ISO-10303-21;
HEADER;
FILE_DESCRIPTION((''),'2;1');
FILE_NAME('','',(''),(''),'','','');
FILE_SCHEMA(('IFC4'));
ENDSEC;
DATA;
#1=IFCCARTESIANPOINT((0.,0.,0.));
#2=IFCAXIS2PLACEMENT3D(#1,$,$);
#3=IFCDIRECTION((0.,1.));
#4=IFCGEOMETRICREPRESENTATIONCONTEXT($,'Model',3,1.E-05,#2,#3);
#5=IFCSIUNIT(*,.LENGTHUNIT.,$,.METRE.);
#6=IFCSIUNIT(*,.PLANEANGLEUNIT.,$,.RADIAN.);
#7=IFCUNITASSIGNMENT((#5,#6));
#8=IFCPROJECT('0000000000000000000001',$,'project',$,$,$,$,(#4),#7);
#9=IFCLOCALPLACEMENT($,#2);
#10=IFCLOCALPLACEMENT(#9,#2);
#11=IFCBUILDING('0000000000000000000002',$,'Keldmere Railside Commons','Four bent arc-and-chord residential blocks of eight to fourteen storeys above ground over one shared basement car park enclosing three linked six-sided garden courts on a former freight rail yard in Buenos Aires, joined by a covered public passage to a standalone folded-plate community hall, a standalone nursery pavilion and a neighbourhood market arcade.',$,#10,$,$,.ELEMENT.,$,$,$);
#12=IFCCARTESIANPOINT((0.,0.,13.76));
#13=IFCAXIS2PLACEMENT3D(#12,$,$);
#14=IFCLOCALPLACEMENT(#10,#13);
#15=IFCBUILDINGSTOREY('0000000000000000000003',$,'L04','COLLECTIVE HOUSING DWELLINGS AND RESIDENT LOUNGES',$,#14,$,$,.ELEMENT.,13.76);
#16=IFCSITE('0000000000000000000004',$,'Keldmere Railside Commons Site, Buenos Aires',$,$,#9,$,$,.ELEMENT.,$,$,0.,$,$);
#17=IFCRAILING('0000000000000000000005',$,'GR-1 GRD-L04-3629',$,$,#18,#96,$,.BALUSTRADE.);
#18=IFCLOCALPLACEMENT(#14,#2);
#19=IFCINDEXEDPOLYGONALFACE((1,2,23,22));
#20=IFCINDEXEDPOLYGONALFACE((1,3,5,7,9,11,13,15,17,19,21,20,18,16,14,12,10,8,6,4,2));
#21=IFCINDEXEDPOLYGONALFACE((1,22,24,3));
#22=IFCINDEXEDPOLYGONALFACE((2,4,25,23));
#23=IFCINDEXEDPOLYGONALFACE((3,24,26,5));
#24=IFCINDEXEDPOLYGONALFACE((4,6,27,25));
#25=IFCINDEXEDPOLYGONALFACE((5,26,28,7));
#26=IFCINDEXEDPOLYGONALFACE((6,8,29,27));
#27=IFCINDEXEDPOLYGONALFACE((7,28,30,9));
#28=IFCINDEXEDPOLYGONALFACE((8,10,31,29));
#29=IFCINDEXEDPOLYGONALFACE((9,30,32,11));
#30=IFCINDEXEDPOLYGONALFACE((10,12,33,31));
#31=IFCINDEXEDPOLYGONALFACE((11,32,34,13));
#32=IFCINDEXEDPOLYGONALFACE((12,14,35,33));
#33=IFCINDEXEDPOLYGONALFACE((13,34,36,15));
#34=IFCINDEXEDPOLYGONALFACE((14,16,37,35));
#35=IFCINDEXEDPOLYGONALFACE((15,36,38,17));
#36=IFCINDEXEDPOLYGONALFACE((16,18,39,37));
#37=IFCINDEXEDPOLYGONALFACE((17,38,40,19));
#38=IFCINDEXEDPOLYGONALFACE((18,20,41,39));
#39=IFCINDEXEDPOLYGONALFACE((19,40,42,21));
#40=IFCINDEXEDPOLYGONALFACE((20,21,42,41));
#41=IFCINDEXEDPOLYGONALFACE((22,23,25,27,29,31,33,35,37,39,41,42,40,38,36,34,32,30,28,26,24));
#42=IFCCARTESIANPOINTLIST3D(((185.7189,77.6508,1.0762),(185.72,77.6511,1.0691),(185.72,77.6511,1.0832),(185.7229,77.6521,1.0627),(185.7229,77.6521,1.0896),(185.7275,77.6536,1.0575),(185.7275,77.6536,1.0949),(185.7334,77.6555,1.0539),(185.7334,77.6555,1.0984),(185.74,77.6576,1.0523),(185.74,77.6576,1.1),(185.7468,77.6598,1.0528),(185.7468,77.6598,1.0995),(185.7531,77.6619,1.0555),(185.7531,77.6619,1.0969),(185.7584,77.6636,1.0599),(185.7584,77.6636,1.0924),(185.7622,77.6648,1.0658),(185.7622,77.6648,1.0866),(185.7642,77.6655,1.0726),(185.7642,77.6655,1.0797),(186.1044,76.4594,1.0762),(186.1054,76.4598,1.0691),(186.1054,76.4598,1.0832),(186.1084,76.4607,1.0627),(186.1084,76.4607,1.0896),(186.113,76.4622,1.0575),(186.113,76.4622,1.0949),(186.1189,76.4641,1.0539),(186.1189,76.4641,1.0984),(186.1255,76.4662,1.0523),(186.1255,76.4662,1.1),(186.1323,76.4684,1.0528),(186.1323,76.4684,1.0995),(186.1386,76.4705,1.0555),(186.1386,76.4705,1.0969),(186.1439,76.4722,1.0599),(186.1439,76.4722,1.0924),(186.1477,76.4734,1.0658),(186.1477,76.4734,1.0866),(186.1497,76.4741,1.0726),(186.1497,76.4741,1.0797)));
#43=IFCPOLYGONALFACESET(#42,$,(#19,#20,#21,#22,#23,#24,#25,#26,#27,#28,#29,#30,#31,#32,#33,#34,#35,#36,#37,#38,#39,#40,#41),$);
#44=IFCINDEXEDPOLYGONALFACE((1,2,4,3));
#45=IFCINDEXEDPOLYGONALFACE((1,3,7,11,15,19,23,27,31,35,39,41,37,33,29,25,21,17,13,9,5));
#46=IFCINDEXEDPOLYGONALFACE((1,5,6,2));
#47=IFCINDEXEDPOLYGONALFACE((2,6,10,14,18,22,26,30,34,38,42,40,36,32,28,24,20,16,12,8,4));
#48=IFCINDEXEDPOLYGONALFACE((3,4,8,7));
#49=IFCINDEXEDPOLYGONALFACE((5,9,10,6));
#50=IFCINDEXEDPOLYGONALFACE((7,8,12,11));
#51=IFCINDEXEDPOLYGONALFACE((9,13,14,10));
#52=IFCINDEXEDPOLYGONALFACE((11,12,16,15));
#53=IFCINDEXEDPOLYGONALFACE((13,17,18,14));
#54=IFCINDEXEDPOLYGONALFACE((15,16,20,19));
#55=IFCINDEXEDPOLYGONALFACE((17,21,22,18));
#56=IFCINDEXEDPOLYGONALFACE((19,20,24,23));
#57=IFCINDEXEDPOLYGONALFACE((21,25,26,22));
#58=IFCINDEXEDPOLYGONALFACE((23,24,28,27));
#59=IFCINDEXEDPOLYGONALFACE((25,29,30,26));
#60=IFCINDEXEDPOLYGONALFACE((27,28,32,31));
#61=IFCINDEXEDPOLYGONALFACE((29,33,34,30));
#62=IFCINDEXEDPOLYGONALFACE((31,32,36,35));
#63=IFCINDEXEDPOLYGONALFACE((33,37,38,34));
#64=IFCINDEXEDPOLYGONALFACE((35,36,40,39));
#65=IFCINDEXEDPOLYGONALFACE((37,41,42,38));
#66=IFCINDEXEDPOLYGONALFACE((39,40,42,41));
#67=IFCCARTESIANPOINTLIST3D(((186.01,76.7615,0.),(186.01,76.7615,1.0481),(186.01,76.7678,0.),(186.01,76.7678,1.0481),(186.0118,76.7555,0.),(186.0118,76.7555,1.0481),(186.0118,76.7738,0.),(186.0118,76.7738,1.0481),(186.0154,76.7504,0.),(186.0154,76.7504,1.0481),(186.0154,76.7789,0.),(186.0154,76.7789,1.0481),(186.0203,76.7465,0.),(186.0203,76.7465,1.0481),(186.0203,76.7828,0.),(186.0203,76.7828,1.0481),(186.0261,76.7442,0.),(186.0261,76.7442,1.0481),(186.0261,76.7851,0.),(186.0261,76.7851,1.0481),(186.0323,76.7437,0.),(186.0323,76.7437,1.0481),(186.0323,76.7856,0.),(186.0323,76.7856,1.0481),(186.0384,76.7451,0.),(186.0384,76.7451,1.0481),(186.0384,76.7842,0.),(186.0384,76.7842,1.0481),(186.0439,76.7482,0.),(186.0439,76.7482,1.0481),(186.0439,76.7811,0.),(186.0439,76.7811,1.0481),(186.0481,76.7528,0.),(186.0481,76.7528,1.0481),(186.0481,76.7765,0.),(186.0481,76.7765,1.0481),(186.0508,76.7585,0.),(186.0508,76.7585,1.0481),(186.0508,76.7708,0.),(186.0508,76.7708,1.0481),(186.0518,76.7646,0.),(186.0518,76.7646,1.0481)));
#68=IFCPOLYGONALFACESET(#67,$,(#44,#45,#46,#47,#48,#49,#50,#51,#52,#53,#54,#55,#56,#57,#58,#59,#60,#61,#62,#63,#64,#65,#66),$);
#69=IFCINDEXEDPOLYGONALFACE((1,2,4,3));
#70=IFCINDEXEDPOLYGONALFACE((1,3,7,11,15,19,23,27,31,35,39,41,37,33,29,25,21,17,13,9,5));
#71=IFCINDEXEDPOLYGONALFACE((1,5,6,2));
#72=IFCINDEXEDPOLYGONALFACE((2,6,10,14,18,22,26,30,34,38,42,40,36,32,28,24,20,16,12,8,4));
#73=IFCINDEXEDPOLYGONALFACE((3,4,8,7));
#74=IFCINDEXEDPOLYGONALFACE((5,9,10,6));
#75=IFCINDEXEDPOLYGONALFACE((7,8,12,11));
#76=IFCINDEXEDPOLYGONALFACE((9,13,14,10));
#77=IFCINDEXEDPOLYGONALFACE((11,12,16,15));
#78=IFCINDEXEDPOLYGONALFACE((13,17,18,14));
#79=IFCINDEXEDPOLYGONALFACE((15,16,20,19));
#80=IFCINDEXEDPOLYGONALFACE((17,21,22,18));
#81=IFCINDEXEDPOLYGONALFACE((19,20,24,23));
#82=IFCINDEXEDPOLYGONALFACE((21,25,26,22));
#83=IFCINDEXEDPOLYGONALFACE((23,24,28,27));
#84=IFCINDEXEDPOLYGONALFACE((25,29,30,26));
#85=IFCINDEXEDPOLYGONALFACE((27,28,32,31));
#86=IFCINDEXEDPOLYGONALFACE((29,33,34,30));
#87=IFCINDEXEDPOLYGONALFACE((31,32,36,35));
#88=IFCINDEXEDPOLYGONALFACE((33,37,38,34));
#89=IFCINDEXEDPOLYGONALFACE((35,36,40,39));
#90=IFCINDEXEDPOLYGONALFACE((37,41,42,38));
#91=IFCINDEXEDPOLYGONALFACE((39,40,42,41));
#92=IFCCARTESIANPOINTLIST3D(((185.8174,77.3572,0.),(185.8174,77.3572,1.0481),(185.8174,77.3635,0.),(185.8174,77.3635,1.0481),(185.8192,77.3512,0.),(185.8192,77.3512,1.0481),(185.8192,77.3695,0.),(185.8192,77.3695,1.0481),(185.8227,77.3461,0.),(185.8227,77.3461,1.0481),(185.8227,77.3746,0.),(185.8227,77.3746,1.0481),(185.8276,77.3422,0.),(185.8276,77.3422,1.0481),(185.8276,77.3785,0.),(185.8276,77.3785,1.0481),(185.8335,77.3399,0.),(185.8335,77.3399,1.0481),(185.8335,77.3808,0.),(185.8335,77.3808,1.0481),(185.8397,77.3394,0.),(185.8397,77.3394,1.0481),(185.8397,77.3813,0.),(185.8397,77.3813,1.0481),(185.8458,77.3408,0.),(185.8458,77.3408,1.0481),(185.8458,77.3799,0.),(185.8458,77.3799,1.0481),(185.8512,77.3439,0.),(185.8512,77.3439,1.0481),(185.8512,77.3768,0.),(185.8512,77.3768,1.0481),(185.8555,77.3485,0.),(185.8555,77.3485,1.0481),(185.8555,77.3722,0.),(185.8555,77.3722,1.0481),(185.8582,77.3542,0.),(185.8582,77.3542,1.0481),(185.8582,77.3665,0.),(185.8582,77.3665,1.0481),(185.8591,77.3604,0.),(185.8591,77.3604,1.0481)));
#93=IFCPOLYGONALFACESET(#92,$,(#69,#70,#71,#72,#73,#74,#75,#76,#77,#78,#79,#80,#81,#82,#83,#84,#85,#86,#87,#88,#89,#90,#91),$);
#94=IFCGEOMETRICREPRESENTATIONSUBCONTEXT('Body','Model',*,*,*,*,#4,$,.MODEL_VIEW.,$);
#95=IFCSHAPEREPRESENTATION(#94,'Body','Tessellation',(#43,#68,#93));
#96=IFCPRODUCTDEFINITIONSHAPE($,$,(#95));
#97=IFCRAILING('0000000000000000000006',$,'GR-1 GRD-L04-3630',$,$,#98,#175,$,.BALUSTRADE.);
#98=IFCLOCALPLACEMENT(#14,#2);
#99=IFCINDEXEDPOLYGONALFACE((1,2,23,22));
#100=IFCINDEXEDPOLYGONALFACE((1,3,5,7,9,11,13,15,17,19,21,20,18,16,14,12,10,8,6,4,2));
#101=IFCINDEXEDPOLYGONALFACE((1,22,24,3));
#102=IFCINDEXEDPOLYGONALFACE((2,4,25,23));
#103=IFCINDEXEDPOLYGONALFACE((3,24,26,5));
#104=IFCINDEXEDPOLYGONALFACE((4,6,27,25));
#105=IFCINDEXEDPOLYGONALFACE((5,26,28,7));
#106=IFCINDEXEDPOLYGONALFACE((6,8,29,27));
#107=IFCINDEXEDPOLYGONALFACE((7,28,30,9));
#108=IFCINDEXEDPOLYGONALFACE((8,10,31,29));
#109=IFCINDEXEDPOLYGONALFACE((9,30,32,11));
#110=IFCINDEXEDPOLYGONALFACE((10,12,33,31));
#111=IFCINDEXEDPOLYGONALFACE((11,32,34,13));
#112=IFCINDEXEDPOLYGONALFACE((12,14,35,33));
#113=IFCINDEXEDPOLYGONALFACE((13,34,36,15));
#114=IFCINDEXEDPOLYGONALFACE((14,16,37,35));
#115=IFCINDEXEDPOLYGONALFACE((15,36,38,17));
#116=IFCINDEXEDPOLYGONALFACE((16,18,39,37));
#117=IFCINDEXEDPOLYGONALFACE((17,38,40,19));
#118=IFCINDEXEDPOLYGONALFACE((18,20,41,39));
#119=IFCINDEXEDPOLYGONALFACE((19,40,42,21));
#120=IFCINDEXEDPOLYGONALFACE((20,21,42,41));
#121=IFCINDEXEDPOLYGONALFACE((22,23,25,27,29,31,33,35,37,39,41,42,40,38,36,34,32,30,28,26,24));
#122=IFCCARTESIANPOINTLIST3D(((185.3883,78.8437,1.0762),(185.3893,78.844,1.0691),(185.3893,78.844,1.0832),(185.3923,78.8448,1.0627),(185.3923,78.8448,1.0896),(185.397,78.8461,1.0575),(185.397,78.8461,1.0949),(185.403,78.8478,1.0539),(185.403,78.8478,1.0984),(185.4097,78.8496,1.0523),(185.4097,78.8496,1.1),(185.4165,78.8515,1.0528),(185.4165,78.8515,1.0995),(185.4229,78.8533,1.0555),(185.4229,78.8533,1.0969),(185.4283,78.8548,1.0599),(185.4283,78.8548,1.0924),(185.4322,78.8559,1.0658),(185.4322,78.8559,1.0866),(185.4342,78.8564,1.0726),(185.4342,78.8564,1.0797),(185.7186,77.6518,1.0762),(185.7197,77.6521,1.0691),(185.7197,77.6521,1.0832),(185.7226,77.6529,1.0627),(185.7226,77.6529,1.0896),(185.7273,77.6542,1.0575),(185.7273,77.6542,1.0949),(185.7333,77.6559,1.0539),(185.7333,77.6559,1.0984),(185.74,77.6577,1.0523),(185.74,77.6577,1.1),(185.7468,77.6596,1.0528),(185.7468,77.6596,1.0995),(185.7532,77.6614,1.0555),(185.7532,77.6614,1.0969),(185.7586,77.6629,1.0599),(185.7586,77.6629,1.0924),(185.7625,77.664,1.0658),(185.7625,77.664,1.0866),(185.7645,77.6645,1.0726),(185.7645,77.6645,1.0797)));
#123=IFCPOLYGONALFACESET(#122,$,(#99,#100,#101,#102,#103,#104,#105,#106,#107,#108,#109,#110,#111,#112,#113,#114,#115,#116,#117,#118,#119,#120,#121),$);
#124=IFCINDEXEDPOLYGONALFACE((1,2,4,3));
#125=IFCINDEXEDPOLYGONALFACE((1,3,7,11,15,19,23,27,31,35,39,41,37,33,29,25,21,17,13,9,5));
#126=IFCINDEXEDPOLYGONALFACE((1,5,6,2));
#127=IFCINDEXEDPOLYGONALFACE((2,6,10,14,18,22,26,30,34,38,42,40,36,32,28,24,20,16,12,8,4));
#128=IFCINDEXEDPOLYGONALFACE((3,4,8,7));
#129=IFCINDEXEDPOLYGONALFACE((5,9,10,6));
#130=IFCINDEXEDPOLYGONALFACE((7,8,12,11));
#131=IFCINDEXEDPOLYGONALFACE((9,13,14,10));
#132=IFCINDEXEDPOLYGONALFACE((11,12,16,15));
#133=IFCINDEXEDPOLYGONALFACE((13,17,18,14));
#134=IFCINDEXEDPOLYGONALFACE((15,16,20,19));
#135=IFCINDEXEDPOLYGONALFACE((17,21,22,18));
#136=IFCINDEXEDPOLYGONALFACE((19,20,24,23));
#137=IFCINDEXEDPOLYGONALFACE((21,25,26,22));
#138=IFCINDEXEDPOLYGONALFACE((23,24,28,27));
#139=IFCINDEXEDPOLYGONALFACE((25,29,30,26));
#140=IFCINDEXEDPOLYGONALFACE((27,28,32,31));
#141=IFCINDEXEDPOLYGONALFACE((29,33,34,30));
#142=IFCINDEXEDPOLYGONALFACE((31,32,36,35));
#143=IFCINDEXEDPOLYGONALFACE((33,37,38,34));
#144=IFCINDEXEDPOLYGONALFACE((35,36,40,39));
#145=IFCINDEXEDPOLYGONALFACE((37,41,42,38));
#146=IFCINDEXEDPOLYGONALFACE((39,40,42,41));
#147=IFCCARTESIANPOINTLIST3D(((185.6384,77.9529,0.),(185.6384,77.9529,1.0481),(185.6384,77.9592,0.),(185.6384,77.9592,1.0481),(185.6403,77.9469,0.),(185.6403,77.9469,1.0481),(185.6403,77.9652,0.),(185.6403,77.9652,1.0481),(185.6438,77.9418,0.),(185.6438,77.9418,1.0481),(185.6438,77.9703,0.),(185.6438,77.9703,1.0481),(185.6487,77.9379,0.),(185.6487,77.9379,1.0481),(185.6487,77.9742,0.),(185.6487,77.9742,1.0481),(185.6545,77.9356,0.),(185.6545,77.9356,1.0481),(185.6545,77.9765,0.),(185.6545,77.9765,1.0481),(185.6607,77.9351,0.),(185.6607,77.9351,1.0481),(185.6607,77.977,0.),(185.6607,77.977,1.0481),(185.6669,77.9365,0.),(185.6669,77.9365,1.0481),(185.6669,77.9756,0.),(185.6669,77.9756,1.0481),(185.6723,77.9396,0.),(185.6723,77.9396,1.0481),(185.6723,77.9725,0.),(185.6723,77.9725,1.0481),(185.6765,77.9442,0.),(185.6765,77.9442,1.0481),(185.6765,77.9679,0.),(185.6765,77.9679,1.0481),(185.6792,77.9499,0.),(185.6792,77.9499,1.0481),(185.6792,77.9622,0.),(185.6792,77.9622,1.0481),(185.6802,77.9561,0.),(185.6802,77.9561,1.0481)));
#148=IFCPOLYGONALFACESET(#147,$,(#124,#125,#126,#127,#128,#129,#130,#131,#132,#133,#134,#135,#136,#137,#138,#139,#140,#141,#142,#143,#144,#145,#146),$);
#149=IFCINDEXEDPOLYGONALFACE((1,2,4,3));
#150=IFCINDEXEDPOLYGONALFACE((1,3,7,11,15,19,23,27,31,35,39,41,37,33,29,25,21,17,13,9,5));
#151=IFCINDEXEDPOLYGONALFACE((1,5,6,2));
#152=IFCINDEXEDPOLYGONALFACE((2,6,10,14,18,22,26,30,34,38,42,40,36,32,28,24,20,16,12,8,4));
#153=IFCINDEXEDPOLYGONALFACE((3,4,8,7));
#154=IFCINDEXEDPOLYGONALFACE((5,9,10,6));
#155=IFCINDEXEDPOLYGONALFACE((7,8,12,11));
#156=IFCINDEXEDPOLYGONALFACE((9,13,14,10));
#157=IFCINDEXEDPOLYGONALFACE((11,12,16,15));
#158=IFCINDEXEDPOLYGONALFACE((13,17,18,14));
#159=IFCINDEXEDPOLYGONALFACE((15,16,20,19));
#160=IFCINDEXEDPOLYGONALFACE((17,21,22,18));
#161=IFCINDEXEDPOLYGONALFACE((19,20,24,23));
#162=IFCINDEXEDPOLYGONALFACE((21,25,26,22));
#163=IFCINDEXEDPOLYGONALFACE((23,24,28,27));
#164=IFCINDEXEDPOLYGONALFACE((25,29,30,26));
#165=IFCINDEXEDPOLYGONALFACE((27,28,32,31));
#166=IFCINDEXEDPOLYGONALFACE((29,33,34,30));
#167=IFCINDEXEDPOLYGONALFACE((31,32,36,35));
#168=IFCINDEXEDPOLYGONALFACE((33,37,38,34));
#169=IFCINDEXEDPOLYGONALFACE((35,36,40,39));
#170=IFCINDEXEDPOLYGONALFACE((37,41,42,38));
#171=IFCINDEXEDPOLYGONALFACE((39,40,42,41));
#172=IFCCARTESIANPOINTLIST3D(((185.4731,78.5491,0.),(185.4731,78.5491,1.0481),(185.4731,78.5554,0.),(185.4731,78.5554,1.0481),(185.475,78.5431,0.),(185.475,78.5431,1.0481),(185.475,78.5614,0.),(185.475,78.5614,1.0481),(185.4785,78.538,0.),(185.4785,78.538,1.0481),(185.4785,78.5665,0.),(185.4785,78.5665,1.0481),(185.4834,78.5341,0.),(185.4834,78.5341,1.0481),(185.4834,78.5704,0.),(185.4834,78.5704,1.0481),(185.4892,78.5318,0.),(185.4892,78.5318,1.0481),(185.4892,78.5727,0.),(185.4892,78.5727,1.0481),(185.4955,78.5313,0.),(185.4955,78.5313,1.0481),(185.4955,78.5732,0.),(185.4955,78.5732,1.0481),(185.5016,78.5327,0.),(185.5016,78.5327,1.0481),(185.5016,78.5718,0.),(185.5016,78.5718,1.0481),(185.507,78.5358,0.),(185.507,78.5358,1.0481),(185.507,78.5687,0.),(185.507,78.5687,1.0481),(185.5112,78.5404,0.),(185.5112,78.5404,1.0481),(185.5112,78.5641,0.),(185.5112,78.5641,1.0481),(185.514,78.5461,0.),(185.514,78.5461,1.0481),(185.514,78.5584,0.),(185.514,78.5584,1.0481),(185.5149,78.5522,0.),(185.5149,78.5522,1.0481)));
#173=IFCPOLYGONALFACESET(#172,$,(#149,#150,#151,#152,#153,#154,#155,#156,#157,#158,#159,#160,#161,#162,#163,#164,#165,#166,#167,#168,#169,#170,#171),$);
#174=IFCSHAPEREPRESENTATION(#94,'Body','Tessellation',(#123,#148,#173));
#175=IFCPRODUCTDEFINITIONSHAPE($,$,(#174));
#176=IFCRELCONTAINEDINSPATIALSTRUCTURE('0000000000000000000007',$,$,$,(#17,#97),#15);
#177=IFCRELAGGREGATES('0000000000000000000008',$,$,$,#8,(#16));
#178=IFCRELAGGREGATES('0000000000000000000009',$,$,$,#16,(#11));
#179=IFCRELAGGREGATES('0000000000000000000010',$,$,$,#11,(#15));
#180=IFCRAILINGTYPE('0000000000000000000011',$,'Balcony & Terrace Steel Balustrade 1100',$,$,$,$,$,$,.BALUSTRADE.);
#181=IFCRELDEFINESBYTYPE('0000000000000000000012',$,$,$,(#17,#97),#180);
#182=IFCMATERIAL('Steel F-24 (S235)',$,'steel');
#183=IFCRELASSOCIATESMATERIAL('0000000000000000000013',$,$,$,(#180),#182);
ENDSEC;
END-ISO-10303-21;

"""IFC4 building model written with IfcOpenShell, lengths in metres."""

from ifc_helpers import new_model, si_unit, direction, frame, origin, origin_2d, place, context, subcontext, project, spatial, circle, extrude, material, type_object, element, save


model = new_model("IFC4")

# Units and contexts
model_context = context("Model", 3, precision=1e-05, world=origin(), true_north=direction((0.0, 1.0)))
body_context = subcontext(model_context, "Body", "Model", "MODEL_VIEW")
ifc_project = project(units=[si_unit("LENGTHUNIT", "METRE"), si_unit("PLANEANGLEUNIT", "RADIAN")], contexts=[model_context])

# Site, building, storey
site_placement = place(None, origin())
site = spatial("IfcSite", under=ifc_project, at=site_placement, Name="Keldmere Railside Commons Site, Buenos Aires", CompositionType="ELEMENT", RefElevation=0.0)
building_placement = place(site_placement, origin())
building = spatial("IfcBuilding", under=site, at=building_placement, Name="Keldmere Railside Commons", Description="Four bent arc-and-chord residential blocks of eight to fourteen storeys above ground over one shared basement car park enclosing three linked six-sided garden courts on a former freight rail yard in Buenos Aires, joined by a covered public passage to a standalone folded-plate community hall, a standalone nursery pavilion and a neighbourhood market arcade.", CompositionType="ELEMENT")
storey_placement = place(building_placement, frame((0.0, 0.0, 13.76)))
storey = spatial("IfcBuildingStorey", under=building, at=storey_placement, Name="L04", Description="COLLECTIVE HOUSING DWELLINGS AND RESIDENT LOUNGES", CompositionType="ELEMENT", Elevation=13.76)

# Shared definitions
ifc_material_1 = material(Name="Steel F-24 (S235)", Category="steel")

# Railings
railing_type_1 = type_object("IfcRailingType", Name="Balcony & Terrace Steel Balustrade 1100", PredefinedType="BALUSTRADE", material=ifc_material_1)
railing_1_placement = place(storey_placement, frame((186.1272, 76.4668, 0.0)))
element("IfcRailing", 1, at=railing_1_placement, inside=storey, type_object=railing_type_1, Name="GR-1 GRD-L04-3629", PredefinedType="BALUSTRADE", context=body_context, shape_type="SweptSolid", body=[
    extrude(circle(Radius=0.0239, at=origin_2d()), frame((0.0, 0.0, 1.0762), z_axis=(-0.307851, 0.951434, 0.0), x_axis=(-0.951434, -0.307851, 0.0)), (0.0, 0.0, 1.0), 1.2522),
    extrude(circle(Radius=0.021, at=origin_2d()), frame((-0.0964, 0.2979, 0.0)), (0.0, 0.0, 1.0), 1.0481),
    extrude(circle(Radius=0.021, at=origin_2d()), frame((-0.2891, 0.8936, 0.0)), (0.0, 0.0, 1.0), 1.0481),
])
railing_2_placement = place(storey_placement, frame((185.7417, 77.6582, 0.0)))
element("IfcRailing", 2, at=railing_2_placement, inside=storey, type_object=railing_type_1, Name="GR-1 GRD-L04-3630", PredefinedType="BALUSTRADE", context=body_context, shape_type="SweptSolid", body=[
    extrude(circle(Radius=0.0239, at=origin_2d()), frame((0.0, 0.0, 1.0762), z_axis=(-0.267074, 0.963676, 0.0), x_axis=(-0.963676, -0.267074, 0.0)), (0.0, 0.0, 1.0), 1.2368),
    extrude(circle(Radius=0.021, at=origin_2d()), frame((-0.0825, 0.2979, 0.0)), (0.0, 0.0, 1.0), 1.0481),
    extrude(circle(Radius=0.021, at=origin_2d()), frame((-0.2478, 0.894, 0.0)), (0.0, 0.0, 1.0), 1.0481),
])

save(model, "model.ifc")
